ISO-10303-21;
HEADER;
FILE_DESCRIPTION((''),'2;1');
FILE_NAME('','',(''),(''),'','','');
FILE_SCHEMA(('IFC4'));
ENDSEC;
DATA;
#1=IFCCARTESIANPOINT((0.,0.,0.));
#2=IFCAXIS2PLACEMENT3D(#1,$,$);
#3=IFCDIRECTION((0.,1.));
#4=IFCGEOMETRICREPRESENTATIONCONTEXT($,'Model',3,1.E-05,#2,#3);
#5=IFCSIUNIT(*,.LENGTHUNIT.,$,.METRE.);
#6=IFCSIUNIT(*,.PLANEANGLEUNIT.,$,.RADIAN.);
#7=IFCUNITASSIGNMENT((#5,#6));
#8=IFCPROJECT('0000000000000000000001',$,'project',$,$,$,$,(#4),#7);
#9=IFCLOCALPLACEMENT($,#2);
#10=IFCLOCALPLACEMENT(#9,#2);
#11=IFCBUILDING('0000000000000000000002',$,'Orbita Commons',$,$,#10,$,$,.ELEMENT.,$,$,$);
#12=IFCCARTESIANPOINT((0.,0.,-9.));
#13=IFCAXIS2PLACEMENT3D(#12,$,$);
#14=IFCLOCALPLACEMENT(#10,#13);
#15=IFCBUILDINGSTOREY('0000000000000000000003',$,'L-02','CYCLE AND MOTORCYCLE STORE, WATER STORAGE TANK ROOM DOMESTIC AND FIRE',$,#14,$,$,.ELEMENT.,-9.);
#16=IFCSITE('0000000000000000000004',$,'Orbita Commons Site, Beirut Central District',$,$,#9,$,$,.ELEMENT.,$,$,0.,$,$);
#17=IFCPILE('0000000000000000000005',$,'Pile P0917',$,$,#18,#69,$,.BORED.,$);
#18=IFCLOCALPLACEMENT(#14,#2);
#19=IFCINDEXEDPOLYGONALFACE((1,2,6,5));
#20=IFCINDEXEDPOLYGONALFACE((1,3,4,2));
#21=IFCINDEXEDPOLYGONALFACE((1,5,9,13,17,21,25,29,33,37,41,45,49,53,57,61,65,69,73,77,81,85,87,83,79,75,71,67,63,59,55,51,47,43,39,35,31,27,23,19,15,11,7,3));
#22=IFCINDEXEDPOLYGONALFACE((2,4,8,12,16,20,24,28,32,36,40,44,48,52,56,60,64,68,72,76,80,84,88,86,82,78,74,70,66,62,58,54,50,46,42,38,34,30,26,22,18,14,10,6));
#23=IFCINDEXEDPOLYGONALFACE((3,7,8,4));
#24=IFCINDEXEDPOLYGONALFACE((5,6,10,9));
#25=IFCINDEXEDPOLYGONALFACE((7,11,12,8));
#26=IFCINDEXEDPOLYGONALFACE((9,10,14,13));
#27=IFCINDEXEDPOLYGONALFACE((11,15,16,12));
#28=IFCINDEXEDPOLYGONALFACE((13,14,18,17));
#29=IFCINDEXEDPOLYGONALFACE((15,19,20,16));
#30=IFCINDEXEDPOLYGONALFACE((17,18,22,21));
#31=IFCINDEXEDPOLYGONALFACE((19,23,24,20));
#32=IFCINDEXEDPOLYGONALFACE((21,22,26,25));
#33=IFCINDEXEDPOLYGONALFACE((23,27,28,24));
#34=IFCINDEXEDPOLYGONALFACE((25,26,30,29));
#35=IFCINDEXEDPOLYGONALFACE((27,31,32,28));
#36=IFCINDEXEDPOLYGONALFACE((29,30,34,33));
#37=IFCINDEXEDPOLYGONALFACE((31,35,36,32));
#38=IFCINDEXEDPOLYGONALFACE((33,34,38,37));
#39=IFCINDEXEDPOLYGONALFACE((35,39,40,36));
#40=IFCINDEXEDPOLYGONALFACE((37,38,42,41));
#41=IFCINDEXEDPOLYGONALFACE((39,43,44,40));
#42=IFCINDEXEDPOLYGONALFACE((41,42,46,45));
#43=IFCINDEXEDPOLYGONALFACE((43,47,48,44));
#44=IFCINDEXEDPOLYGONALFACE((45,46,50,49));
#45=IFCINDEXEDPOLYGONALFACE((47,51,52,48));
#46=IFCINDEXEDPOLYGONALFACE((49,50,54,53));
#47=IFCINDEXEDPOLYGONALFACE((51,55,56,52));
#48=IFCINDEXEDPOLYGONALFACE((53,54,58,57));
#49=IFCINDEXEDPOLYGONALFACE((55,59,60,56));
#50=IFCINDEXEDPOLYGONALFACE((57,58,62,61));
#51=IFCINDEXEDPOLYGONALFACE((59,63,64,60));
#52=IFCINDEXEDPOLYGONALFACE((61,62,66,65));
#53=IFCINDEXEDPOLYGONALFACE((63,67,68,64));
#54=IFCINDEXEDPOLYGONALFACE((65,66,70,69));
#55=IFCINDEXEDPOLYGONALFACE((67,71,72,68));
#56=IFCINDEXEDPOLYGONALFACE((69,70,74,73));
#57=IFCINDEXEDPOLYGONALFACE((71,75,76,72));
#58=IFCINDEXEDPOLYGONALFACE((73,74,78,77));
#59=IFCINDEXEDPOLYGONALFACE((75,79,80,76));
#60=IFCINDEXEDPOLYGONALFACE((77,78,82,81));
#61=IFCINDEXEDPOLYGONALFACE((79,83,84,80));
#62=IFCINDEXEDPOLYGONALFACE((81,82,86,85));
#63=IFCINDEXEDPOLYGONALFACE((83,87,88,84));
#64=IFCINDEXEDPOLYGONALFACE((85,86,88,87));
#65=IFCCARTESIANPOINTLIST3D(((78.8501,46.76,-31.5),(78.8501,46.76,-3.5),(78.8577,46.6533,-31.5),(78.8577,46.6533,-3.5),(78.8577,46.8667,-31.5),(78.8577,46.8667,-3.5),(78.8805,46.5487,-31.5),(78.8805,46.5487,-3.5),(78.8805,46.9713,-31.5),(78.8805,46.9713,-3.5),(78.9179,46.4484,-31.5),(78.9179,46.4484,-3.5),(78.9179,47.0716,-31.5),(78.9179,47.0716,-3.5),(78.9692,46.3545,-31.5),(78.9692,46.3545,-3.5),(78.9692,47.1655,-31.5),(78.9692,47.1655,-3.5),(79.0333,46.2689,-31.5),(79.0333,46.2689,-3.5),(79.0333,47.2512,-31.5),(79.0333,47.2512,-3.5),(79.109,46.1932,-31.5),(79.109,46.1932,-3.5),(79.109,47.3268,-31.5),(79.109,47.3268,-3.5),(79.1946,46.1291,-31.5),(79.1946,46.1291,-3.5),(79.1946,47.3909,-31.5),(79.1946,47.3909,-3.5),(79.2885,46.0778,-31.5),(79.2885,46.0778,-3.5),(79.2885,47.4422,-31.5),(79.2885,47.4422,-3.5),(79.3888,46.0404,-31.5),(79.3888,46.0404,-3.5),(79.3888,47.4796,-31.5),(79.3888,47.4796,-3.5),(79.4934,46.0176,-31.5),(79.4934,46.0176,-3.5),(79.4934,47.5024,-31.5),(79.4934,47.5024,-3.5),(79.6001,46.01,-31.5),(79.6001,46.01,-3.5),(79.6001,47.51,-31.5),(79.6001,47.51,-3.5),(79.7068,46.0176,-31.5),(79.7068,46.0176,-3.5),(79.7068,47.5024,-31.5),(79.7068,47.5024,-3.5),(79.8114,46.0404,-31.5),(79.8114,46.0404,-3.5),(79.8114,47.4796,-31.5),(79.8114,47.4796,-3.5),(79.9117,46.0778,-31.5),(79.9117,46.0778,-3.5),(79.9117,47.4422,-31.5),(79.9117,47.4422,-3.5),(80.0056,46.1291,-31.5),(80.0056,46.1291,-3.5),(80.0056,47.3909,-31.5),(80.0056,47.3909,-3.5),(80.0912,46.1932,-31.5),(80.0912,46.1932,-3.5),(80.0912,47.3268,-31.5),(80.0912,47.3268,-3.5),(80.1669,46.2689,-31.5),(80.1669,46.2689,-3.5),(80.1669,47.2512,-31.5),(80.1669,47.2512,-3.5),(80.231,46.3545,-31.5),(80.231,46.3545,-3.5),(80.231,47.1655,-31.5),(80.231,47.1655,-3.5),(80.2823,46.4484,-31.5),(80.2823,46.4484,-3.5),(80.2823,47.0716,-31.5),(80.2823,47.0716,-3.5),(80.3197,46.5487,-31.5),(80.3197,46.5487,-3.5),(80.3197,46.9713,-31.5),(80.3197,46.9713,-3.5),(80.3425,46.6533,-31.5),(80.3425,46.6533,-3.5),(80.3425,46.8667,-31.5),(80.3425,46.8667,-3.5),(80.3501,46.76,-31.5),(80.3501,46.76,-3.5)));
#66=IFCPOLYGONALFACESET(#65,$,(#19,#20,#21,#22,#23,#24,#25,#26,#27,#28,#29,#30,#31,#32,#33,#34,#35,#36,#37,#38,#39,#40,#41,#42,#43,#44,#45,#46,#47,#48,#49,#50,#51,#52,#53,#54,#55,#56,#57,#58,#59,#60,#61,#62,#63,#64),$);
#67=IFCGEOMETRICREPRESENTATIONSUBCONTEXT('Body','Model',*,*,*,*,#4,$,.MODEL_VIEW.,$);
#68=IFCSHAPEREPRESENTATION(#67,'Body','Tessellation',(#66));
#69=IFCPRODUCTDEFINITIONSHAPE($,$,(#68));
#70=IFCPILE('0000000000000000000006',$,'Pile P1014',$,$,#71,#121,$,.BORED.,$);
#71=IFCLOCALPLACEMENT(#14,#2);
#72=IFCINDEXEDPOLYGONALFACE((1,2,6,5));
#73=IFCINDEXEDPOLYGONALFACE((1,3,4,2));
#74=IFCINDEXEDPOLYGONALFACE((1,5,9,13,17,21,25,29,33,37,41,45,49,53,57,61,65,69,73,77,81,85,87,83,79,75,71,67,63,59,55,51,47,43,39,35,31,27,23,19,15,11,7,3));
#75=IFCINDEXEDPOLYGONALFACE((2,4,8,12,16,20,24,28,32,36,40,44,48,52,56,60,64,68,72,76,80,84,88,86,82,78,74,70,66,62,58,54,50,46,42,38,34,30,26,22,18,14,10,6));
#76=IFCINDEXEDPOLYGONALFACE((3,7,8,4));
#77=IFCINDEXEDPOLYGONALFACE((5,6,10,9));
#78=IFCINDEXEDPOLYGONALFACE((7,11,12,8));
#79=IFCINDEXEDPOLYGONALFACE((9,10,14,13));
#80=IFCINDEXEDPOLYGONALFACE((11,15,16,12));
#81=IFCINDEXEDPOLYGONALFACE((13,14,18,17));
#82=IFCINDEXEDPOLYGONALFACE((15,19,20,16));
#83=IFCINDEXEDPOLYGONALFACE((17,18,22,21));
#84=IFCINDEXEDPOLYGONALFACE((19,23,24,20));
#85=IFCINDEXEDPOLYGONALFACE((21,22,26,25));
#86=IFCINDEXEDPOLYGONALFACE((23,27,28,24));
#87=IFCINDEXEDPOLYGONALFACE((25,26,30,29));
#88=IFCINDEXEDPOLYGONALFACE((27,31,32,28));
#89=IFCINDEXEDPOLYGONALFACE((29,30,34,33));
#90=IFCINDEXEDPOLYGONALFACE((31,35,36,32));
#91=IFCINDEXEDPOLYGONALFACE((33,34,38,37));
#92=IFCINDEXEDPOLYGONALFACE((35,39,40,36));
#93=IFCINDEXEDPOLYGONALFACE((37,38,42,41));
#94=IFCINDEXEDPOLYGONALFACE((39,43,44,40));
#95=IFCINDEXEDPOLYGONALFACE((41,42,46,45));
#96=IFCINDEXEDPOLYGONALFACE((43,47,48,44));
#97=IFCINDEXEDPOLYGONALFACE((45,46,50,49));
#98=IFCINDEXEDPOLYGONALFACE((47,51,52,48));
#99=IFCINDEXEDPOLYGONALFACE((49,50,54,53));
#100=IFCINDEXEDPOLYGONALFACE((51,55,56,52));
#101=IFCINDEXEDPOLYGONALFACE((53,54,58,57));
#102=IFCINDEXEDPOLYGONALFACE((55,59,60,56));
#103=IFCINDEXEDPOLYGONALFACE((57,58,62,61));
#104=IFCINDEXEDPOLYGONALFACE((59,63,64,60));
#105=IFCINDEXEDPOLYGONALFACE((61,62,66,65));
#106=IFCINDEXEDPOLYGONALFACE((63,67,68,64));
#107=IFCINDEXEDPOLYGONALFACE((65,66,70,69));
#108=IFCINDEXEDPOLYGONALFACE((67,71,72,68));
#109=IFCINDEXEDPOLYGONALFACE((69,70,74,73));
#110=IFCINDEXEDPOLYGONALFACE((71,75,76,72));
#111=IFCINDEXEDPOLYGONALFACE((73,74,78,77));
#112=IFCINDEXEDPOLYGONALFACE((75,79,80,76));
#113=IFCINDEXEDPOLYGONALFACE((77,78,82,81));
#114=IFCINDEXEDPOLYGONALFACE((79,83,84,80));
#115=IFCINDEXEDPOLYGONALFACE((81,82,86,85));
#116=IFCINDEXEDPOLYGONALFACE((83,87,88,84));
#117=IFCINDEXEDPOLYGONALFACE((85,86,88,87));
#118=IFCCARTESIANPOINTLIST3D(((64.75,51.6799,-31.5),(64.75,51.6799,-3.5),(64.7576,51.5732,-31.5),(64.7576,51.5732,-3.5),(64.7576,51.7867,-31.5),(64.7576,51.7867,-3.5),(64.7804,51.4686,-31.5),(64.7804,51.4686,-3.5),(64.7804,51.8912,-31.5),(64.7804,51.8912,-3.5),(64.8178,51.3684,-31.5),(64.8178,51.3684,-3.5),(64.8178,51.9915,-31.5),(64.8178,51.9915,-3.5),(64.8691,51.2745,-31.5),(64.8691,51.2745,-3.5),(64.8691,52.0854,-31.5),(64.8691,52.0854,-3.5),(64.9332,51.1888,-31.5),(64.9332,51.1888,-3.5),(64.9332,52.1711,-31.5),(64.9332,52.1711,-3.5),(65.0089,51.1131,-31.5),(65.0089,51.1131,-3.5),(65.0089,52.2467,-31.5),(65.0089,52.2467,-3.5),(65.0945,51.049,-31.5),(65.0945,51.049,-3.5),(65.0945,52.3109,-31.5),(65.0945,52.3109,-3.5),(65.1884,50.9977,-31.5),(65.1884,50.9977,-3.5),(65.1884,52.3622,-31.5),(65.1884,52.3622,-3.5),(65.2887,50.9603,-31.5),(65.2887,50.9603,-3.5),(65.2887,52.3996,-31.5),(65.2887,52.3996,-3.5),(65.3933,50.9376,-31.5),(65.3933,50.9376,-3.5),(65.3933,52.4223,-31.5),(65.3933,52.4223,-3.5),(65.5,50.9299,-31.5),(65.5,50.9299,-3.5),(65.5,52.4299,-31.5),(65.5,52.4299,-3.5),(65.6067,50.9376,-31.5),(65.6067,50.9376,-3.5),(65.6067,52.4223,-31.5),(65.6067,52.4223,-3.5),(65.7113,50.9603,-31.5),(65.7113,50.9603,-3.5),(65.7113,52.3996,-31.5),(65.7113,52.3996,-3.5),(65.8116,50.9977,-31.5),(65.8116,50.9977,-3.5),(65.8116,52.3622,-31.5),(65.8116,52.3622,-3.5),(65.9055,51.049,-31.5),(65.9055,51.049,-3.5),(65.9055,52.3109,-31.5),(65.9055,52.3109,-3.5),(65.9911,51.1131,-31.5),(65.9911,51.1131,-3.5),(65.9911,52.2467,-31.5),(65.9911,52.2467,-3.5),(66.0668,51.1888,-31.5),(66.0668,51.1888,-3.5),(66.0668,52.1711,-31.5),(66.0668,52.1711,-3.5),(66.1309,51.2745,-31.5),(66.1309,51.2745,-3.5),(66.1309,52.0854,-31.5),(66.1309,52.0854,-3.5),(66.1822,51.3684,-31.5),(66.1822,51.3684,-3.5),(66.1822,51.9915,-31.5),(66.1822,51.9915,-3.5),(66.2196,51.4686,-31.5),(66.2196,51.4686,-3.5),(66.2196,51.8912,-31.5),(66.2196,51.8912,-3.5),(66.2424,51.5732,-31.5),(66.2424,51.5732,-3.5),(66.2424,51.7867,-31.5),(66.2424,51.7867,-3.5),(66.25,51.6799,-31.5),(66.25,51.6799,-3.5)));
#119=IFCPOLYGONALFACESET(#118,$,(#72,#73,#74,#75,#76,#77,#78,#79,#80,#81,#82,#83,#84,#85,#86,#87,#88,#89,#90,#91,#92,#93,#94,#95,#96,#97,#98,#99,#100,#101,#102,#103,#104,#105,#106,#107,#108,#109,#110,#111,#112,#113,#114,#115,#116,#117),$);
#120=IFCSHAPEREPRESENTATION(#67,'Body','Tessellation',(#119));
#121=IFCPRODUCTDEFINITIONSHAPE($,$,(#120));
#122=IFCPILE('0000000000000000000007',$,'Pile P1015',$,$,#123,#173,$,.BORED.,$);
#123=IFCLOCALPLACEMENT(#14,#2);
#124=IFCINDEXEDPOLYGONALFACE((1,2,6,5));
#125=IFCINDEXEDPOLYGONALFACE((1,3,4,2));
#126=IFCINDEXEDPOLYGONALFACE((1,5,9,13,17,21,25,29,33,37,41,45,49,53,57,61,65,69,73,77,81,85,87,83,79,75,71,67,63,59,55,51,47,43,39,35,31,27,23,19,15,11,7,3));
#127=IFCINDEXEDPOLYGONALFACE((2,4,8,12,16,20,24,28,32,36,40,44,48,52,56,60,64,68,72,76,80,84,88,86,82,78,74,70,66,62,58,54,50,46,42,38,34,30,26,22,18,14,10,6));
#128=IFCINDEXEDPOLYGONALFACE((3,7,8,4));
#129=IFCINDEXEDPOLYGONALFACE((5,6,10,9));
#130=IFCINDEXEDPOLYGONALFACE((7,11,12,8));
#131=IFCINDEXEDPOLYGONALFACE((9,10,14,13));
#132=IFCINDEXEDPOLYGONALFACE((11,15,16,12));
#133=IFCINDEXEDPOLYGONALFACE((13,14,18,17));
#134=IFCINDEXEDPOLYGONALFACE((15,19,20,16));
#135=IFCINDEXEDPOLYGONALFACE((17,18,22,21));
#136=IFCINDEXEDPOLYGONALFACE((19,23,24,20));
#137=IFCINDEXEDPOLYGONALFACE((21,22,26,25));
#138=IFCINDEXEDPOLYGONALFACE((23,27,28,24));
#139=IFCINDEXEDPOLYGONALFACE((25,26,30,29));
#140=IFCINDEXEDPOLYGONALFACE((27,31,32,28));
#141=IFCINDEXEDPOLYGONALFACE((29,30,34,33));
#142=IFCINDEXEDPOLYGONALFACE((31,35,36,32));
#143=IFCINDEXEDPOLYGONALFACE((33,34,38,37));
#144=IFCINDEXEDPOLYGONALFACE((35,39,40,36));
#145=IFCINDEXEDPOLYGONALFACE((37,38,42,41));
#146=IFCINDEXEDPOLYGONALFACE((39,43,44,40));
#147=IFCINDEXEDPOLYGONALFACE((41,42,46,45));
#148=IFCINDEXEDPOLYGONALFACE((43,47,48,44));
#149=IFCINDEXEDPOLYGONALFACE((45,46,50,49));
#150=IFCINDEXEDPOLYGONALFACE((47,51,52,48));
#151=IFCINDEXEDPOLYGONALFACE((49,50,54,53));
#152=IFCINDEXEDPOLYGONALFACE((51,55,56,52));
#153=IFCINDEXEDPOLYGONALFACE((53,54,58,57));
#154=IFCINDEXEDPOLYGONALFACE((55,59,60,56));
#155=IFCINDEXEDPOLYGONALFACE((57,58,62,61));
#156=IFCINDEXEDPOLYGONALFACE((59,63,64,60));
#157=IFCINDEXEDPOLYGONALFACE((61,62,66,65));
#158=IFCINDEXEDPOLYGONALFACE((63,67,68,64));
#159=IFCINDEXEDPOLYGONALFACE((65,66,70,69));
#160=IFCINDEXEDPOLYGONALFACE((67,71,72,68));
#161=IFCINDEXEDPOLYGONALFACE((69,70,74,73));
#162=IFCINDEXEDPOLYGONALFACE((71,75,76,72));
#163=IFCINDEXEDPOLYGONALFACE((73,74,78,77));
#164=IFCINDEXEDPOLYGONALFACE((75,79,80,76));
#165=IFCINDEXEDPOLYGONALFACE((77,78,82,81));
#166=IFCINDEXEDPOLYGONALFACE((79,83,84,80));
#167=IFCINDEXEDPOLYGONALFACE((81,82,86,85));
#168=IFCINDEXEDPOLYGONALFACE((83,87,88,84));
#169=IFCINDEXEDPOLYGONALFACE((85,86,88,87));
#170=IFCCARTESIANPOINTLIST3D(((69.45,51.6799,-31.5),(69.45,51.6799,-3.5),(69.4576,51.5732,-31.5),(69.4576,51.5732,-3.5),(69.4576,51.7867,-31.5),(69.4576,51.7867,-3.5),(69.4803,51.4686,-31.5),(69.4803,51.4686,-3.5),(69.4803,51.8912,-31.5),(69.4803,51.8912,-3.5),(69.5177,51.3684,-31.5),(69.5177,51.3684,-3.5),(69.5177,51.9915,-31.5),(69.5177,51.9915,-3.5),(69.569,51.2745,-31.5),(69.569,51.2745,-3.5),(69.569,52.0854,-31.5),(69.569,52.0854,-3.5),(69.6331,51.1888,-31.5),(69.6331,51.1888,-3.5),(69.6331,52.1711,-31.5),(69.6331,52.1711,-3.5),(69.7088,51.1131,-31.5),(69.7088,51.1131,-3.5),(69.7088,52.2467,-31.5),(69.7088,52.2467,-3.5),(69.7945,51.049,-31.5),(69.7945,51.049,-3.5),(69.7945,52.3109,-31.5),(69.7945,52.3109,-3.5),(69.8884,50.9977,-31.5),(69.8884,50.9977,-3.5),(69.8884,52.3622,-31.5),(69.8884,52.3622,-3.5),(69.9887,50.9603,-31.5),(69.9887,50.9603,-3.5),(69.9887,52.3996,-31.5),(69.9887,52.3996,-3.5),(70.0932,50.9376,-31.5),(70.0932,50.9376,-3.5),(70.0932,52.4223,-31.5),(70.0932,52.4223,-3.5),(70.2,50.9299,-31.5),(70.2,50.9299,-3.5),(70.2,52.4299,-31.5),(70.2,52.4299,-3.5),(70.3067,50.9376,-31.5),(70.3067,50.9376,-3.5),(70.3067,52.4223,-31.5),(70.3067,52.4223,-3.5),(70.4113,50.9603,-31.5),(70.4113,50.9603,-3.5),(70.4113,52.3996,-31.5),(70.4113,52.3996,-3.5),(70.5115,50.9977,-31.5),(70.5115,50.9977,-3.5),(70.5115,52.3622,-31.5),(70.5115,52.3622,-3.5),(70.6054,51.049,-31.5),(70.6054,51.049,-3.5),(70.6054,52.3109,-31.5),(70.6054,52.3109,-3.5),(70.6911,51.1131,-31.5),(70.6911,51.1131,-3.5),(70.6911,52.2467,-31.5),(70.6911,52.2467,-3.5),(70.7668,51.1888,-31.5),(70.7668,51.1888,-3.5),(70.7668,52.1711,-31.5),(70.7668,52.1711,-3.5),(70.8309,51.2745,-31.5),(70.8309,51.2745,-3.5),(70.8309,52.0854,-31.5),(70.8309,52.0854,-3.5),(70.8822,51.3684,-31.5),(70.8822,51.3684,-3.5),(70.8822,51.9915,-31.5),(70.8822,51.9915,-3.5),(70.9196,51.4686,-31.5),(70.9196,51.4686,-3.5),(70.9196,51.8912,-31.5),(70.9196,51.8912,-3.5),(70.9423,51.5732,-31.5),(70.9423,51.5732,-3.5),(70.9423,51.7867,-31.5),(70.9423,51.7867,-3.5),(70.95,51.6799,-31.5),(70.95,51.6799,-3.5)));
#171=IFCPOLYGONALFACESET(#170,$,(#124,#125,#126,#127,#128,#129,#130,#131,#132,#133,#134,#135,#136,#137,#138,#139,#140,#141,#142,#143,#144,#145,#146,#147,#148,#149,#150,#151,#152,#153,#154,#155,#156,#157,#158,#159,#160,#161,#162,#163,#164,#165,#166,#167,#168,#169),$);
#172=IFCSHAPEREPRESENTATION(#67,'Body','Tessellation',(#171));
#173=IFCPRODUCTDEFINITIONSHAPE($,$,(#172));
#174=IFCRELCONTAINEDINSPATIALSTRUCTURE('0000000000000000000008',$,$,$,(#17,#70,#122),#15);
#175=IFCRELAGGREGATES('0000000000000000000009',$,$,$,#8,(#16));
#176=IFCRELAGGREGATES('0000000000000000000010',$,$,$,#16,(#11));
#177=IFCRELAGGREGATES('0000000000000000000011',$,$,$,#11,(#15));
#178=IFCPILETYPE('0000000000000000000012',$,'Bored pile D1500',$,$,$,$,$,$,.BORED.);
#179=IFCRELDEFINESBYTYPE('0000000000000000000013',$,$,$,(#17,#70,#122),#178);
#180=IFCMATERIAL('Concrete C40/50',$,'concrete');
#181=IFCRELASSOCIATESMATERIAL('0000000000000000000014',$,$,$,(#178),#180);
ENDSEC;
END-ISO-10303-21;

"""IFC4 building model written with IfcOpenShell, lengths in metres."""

from ifc_helpers import new_model, si_unit, direction, frame, origin, origin_2d, place, context, subcontext, project, spatial, circle, extrude, material, material_profile, profile_set, type_object, element, save


model = new_model("IFC4")

# Units and contexts
model_context = context("Model", 3, precision=1e-05, world=origin(), true_north=direction((0.0, 1.0)))
body_context = subcontext(model_context, "Body", "Model", "MODEL_VIEW")
ifc_project = project(units=[si_unit("LENGTHUNIT", "METRE"), si_unit("PLANEANGLEUNIT", "RADIAN")], contexts=[model_context])

# Site, building, storey
site_placement = place(None, origin())
site = spatial("IfcSite", under=ifc_project, at=site_placement, Name="Orbita Commons Site, Beirut Central District", CompositionType="ELEMENT", RefElevation=0.0)
building_placement = place(site_placement, origin())
building = spatial("IfcBuilding", under=site, at=building_placement, Name="Orbita Commons", CompositionType="ELEMENT")
storey_placement = place(building_placement, frame((0.0, 0.0, -9.0)))
storey = spatial("IfcBuildingStorey", under=building, at=storey_placement, Name="L-02", Description="CYCLE AND MOTORCYCLE STORE, WATER STORAGE TANK ROOM DOMESTIC AND FIRE", CompositionType="ELEMENT", Elevation=-9.0)

# Piles
ifc_material_1 = material(Name="Concrete C40/50", Category="concrete")
ifc_material_profile_1 = material_profile(ifc_material_1, circle(Radius=0.75, at=origin_2d()), Name="RC D1500")
ifc_profile_set_1 = profile_set([ifc_material_profile_1], Name="Concrete C40/50")
pile_type = type_object("IfcPileType", Name="Bored pile D1500", PredefinedType="BORED", material=ifc_profile_set_1)
for number, where, z_axis, x_axis, name in (
    (1, (79.6001, 46.76, -3.5), (0.0, 0.0, -1.0), (1.0, 0.0, 0.0), "Pile P0917"),
    (2, (65.5, 51.6799, -3.5), (0.0, 0.0, -1.0), (1.0, 0.0, 0.0), "Pile P1014"),
    (3, (70.2, 51.6799, -3.5), (0.0, 0.0, -1.0), (1.0, 0.0, 0.0), "Pile P1015"),
):
    element("IfcPile", number, at=place(storey_placement, frame(where, z_axis=z_axis, x_axis=x_axis)), inside=storey, type_object=pile_type, Name=name, PredefinedType="BORED", context=body_context, shape_type="SweptSolid", body=[
        extrude(circle(Radius=0.75, at=origin_2d()), origin(), (0.0, 0.0, 1.0), 28.0),
    ])

save(model, "model.ifc")
